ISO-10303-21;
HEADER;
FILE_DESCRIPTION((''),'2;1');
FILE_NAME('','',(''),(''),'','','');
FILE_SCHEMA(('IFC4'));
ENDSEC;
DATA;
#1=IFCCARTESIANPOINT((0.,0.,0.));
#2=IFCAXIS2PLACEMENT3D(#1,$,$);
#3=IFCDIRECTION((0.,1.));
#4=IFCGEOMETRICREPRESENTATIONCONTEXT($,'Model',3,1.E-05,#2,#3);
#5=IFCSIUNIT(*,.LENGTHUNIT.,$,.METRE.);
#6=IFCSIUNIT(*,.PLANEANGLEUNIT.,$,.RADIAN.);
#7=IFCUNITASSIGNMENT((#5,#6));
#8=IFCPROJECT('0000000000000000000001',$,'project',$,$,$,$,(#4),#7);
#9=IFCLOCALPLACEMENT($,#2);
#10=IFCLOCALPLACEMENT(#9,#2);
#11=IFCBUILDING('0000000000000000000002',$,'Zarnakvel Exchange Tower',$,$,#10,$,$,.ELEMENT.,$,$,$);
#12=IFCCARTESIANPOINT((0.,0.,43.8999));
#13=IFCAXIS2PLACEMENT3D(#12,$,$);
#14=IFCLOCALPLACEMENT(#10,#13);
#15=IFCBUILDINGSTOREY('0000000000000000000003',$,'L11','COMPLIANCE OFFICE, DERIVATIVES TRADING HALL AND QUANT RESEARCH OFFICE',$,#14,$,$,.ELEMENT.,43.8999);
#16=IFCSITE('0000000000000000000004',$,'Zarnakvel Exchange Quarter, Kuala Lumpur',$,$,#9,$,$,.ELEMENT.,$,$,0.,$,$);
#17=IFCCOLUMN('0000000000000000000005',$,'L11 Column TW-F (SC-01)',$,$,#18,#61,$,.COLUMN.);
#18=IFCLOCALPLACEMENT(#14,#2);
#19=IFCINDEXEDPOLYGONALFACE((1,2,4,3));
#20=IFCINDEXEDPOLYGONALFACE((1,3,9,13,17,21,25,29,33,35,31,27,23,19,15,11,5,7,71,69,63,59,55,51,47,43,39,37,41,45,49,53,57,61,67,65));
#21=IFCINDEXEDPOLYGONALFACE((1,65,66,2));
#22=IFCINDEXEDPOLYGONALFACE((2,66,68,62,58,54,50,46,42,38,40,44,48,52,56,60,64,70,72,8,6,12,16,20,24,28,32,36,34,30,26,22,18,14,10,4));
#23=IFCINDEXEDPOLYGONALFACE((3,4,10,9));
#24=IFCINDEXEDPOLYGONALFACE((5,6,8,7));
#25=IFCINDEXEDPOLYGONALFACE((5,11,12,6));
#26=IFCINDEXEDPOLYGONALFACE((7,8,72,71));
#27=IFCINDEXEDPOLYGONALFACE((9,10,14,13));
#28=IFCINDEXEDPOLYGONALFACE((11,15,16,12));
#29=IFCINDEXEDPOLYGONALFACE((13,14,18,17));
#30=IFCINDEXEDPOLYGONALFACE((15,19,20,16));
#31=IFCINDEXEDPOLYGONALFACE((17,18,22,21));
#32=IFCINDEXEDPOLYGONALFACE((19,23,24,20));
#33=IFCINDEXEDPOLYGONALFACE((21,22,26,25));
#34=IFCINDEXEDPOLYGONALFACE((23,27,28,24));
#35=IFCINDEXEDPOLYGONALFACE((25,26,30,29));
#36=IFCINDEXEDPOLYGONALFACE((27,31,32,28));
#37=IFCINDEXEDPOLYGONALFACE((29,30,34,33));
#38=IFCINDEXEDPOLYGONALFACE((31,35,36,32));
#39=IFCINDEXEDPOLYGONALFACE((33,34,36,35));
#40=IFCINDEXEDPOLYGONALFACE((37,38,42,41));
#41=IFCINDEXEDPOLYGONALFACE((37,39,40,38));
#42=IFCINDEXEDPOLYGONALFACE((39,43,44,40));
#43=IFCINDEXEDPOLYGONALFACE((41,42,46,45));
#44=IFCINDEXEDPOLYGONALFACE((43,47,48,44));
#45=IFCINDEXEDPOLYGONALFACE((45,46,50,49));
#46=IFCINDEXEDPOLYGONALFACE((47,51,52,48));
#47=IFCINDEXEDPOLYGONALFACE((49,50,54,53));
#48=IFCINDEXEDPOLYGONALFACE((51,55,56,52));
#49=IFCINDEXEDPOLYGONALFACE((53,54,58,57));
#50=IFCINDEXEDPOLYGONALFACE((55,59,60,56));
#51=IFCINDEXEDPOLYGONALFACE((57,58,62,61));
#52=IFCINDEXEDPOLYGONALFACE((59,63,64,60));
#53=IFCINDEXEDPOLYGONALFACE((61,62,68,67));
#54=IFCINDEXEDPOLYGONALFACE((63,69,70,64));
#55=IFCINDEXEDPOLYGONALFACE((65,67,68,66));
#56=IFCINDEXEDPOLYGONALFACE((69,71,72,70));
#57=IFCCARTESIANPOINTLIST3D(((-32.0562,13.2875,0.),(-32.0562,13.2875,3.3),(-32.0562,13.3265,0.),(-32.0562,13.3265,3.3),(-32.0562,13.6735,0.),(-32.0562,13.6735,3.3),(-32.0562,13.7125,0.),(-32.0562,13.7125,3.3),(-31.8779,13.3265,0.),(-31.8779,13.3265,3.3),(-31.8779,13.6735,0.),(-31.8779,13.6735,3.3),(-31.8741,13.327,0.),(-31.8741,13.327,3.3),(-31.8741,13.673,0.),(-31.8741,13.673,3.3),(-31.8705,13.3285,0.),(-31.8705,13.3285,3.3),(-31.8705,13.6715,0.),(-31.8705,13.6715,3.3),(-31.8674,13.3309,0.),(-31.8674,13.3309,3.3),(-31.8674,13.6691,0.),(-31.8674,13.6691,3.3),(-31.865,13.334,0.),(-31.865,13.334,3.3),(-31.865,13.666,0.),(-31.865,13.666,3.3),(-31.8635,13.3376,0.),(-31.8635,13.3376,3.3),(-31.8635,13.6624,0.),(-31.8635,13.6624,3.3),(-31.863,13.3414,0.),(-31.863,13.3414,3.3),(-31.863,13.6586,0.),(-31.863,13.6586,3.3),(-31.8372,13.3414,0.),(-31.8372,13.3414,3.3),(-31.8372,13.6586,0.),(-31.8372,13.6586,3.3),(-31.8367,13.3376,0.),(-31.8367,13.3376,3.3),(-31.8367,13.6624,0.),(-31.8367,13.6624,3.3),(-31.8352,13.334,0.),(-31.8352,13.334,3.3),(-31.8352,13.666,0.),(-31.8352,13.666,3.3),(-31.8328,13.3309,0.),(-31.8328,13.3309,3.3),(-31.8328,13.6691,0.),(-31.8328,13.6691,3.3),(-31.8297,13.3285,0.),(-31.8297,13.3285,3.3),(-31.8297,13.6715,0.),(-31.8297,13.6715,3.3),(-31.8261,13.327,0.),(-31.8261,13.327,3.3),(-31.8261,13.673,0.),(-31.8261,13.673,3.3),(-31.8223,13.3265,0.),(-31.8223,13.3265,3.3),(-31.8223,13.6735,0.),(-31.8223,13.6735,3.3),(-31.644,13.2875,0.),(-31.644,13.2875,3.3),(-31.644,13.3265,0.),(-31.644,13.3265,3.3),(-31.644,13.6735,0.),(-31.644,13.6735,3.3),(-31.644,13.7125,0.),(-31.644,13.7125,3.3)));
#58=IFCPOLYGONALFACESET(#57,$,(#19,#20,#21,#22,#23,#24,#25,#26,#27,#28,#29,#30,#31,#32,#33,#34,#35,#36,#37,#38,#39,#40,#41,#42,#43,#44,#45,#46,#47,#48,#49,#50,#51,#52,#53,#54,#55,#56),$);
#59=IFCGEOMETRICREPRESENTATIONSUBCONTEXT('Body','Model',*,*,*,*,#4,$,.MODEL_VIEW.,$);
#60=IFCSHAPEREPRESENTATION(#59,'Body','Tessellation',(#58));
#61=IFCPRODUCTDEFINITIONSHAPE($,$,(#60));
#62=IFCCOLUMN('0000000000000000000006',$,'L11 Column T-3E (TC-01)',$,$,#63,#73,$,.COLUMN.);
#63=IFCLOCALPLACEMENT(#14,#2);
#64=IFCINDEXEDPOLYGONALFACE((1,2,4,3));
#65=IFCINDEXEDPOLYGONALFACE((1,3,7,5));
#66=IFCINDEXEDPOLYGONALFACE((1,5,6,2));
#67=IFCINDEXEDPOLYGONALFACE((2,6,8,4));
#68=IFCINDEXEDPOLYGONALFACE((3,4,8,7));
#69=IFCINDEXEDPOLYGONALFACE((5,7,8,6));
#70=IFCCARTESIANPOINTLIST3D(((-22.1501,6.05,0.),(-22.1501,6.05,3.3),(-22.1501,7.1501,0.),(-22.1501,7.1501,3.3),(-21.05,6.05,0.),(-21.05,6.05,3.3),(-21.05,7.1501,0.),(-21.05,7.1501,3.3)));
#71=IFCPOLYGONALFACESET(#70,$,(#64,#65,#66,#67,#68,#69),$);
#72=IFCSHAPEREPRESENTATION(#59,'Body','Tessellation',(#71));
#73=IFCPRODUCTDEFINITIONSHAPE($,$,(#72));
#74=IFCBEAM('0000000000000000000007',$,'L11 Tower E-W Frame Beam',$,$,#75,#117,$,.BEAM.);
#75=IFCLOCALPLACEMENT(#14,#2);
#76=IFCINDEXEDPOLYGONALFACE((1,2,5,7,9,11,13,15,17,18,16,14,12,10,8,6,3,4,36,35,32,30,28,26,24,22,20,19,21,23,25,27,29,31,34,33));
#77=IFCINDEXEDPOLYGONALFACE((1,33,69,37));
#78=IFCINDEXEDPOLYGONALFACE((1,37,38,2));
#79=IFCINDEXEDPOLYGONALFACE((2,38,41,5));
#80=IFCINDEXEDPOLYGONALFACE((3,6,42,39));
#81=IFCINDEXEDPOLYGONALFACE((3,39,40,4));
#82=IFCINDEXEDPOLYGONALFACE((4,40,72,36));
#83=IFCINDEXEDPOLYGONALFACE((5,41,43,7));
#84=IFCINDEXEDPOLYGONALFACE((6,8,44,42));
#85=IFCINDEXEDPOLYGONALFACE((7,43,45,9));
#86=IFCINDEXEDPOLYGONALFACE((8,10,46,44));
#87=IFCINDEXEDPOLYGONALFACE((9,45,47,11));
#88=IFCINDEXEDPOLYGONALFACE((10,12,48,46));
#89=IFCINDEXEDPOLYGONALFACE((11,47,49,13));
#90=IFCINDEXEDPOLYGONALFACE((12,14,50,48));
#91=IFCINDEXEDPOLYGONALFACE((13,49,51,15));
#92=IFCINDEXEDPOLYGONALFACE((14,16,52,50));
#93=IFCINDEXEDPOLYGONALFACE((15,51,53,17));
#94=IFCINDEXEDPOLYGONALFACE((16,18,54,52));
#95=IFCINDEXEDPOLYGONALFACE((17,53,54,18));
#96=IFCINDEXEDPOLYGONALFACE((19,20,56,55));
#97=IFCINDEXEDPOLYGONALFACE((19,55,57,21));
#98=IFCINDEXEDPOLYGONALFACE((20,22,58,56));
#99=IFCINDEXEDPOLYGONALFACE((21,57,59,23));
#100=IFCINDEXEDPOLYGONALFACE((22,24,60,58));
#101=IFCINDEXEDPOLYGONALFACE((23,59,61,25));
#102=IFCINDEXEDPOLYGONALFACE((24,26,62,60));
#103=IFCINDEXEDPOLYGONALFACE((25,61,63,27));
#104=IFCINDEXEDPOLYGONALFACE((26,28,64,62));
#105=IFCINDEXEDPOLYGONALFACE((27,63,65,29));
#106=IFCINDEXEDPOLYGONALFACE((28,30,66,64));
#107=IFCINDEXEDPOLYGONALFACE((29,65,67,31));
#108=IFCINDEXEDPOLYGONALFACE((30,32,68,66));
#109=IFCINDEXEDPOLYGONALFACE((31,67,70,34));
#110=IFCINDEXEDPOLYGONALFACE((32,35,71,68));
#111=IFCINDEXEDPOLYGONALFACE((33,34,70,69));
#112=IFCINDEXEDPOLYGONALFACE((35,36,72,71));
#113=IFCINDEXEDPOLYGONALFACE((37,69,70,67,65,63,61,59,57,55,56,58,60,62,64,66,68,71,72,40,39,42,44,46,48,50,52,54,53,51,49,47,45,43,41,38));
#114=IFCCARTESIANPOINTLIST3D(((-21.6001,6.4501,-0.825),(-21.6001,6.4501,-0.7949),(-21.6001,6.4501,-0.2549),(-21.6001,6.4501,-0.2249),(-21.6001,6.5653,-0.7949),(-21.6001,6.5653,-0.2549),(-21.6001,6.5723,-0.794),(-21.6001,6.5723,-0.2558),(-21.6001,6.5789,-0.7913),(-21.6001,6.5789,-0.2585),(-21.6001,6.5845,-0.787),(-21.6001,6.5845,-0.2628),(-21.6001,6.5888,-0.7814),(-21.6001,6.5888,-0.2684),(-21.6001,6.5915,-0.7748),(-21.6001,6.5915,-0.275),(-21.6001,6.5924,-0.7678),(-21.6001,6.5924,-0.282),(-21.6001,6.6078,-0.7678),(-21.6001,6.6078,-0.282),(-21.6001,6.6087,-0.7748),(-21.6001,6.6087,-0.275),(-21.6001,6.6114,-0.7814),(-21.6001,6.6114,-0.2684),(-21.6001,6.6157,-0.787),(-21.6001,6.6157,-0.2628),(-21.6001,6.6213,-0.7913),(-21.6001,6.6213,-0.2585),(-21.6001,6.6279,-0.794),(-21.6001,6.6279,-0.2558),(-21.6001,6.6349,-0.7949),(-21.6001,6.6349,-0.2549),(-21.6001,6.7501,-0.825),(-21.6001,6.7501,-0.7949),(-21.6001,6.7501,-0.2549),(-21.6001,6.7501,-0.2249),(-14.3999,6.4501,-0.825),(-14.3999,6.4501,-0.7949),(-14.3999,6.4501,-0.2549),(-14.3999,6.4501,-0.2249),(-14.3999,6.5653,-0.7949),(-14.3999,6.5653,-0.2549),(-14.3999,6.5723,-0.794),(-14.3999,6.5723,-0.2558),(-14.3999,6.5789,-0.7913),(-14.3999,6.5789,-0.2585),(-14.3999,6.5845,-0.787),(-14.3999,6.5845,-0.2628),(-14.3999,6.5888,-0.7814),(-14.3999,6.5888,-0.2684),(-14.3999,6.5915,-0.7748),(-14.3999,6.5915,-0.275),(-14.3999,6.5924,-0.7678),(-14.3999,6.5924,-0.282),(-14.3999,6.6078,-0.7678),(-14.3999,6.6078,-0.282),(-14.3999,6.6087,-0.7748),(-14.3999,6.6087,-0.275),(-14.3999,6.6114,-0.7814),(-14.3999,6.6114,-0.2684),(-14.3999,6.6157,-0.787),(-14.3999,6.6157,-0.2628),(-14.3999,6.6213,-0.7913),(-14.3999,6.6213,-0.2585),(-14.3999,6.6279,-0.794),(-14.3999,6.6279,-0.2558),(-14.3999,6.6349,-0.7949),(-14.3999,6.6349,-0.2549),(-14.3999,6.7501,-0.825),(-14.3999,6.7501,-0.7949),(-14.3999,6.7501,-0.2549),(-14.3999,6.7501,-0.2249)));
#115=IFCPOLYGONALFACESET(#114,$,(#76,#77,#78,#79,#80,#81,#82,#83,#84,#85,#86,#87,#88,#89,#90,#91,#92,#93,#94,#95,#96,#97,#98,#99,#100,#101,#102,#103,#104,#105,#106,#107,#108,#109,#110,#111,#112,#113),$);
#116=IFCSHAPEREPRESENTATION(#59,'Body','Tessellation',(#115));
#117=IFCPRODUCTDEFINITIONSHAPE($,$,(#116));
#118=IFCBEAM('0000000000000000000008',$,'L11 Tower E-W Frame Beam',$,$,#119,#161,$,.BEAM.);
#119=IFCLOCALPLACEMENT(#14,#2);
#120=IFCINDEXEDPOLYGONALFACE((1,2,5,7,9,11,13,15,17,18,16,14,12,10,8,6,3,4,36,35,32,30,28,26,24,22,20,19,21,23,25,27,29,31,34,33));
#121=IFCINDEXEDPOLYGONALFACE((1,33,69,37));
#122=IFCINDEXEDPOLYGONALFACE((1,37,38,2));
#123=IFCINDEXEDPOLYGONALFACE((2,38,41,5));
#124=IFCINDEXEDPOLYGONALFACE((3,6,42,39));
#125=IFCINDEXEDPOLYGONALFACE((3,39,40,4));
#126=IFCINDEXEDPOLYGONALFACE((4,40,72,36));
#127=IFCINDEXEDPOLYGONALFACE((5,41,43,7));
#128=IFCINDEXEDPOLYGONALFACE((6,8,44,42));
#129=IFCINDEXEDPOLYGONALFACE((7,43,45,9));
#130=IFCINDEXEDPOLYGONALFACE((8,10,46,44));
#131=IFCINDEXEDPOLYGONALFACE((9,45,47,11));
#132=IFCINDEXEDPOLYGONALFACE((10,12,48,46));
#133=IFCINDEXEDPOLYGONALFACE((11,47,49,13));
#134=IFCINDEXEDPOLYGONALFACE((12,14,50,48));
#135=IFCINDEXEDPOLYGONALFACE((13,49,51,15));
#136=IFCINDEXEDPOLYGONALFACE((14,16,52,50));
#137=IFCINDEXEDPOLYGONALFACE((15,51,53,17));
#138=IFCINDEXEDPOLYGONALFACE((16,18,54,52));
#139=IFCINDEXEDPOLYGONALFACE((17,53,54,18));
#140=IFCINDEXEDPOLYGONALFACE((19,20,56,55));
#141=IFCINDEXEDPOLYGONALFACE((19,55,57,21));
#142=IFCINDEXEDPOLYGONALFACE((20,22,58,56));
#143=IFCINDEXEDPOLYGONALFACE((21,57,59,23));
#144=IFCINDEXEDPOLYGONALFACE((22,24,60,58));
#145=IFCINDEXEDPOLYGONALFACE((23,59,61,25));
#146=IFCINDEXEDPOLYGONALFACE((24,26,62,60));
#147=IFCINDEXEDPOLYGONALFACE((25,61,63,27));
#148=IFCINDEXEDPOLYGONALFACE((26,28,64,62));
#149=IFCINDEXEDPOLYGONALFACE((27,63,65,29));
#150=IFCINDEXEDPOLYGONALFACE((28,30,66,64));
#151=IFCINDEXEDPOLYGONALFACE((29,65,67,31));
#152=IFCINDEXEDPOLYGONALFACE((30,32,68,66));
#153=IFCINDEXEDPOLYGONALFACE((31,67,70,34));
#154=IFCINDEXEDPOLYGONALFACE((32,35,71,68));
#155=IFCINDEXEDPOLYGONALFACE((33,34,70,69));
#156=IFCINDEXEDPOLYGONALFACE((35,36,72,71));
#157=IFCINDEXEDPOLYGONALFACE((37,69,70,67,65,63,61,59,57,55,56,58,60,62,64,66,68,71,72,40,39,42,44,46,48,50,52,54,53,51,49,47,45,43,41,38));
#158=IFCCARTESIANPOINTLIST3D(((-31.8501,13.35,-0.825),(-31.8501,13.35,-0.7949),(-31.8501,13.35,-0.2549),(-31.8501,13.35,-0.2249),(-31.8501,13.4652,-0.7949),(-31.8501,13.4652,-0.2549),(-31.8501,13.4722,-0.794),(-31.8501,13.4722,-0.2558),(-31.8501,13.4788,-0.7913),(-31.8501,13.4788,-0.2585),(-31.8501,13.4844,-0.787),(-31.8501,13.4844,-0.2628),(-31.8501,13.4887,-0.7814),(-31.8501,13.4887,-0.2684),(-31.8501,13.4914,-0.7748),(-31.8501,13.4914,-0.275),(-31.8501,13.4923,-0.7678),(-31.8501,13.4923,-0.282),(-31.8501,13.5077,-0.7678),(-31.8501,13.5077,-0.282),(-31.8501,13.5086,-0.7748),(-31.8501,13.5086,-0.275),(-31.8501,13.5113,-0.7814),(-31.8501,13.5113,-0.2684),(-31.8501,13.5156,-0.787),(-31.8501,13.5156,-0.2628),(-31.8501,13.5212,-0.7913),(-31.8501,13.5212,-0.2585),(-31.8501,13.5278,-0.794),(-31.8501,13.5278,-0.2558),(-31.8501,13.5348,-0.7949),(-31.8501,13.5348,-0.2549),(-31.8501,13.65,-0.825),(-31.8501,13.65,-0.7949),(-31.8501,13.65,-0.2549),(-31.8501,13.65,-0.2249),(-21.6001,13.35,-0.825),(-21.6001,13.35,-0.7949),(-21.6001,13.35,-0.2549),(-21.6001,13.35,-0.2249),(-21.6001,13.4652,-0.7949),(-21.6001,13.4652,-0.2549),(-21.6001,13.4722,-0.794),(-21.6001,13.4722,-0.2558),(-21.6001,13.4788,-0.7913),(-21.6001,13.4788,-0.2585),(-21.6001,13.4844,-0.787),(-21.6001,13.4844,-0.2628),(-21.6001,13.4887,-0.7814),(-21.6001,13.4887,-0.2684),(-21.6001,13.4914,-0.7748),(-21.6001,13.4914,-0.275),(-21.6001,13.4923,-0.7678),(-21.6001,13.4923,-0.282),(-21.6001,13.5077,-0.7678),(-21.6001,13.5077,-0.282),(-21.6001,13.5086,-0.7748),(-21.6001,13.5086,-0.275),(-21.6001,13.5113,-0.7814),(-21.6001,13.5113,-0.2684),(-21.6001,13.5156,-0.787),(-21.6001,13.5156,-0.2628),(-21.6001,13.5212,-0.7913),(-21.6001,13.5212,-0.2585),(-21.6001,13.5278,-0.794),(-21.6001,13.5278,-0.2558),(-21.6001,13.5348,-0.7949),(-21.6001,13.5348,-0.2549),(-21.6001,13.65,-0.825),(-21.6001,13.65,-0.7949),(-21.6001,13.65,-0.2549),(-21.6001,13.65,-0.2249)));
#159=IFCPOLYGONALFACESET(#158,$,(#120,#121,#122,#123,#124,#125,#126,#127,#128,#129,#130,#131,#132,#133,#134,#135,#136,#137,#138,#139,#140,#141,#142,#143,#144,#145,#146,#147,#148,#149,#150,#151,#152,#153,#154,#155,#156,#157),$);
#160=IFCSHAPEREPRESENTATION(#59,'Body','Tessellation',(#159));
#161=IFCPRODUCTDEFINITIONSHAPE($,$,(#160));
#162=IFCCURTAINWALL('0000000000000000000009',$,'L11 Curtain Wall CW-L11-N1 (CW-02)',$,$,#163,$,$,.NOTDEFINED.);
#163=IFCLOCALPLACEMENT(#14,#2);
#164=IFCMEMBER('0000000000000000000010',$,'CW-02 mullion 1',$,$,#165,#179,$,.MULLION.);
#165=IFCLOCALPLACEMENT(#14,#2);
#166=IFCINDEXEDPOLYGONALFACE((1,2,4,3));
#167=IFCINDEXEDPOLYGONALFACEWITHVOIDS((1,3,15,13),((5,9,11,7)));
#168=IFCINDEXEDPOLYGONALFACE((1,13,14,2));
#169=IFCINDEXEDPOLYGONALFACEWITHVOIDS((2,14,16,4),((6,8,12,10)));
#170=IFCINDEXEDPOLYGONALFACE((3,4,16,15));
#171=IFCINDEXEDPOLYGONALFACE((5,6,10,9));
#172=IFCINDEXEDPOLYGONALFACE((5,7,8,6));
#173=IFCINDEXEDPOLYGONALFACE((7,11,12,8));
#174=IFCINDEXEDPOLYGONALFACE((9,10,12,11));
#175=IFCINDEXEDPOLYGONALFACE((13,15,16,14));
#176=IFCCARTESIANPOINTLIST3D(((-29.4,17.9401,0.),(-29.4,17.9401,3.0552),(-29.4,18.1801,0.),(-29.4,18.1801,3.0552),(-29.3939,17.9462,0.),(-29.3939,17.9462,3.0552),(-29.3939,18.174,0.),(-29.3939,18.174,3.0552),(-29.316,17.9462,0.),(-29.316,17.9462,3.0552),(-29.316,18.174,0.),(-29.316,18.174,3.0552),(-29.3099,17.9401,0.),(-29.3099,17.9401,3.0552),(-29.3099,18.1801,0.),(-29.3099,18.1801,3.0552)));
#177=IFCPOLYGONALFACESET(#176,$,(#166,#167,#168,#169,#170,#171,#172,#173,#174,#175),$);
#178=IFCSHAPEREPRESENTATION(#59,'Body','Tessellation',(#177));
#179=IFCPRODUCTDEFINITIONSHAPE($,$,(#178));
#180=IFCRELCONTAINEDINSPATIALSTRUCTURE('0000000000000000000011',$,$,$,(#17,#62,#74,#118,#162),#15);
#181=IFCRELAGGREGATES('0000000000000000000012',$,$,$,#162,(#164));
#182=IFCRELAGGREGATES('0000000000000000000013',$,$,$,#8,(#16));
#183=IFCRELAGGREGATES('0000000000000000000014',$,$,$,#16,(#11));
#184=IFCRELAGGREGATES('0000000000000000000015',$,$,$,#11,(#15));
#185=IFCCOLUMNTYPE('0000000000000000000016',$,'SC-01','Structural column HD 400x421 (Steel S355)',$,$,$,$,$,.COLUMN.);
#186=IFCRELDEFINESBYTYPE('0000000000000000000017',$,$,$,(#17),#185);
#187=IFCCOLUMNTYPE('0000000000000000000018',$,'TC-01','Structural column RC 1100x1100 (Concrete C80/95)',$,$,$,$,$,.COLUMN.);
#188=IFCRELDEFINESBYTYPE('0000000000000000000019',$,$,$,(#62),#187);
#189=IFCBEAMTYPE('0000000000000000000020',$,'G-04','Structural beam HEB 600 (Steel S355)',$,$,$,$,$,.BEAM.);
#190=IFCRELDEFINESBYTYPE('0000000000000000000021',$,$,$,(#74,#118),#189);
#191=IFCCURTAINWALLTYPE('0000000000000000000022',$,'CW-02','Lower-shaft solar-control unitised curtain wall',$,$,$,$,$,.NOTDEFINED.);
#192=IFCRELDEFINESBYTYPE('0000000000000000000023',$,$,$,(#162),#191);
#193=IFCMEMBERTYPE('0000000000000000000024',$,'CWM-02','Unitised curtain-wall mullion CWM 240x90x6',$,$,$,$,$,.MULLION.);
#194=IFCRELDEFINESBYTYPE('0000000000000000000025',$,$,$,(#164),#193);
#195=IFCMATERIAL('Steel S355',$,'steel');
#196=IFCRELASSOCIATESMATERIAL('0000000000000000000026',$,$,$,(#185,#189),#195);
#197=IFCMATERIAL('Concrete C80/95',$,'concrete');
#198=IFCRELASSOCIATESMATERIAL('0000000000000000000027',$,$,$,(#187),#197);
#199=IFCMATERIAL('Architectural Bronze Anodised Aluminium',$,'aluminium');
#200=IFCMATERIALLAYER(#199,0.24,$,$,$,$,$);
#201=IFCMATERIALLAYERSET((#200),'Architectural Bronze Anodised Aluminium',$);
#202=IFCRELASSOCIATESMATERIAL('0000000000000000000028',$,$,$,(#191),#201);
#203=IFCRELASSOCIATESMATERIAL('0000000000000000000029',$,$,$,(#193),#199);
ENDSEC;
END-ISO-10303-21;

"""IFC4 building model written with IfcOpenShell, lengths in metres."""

from ifc_helpers import new_model, si_unit, direction, frame, origin, origin_2d, place, context, subcontext, project, spatial, rectangle, hollow_rectangle, i_section, extrude, source, transform, mapped, material, layer, layer_set, material_profile, profile_set, type_object, element, aggregate, save


model = new_model("IFC4")

# Units and contexts
model_context = context("Model", 3, precision=1e-05, world=origin(), true_north=direction((0.0, 1.0)))
body_context = subcontext(model_context, "Body", "Model", "MODEL_VIEW")
ifc_project = project(units=[si_unit("LENGTHUNIT", "METRE"), si_unit("PLANEANGLEUNIT", "RADIAN")], contexts=[model_context])

# Site, building, storey
site_placement = place(None, origin())
site = spatial("IfcSite", under=ifc_project, at=site_placement, Name="Zarnakvel Exchange Quarter, Kuala Lumpur", CompositionType="ELEMENT", RefElevation=0.0)
building_placement = place(site_placement, origin())
building = spatial("IfcBuilding", under=site, at=building_placement, Name="Zarnakvel Exchange Tower", CompositionType="ELEMENT")
storey_placement = place(building_placement, frame((0.0, 0.0, 43.8999)))
storey = spatial("IfcBuildingStorey", under=building, at=storey_placement, Name="L11", Description="COMPLIANCE OFFICE, DERIVATIVES TRADING HALL AND QUANT RESEARCH OFFICE", CompositionType="ELEMENT", Elevation=43.8999)

# Columns
ifc_material_1 = material(Name="Steel S355", Category="steel")
ifc_material_profile_1 = material_profile(ifc_material_1, i_section(OverallWidth=0.4121, OverallDepth=0.425, WebThickness=0.0259, FlangeThickness=0.0391, FilletRadius=0.0149, at=origin_2d()))
ifc_profile_set_1 = profile_set([ifc_material_profile_1], Name="Steel S355")
column_type_1 = type_object("IfcColumnType", Name="SC-01", Description="Structural column HD 400x421 (Steel S355)", PredefinedType="COLUMN", material=ifc_profile_set_1)
column_1_placement = place(storey_placement, frame((-31.8501, 13.5, 0.0), z_axis=(0.0, 0.0, 1.0), x_axis=(1.0, 0.0, 0.0)))
element("IfcColumn", 1, at=column_1_placement, inside=storey, type_object=column_type_1, Name="L11 Column TW-F (SC-01)", PredefinedType="COLUMN", context=body_context, shape_type="SweptSolid", body=[
    extrude(i_section(OverallWidth=0.4121, OverallDepth=0.425, WebThickness=0.0259, FlangeThickness=0.0391, FilletRadius=0.0149, at=origin_2d()), origin(), (0.0, 0.0, 1.0), 3.3),
])
ifc_material_2 = material(Name="Concrete C80/95", Category="concrete")
ifc_material_profile_2 = material_profile(ifc_material_2, rectangle(XDim=1.1001, YDim=1.1001, at=origin_2d()))
ifc_profile_set_2 = profile_set([ifc_material_profile_2], Name="Concrete C80/95")
column_type_2 = type_object("IfcColumnType", Name="TC-01", Description="Structural column RC 1100x1100 (Concrete C80/95)", PredefinedType="COLUMN", material=ifc_profile_set_2)
column_2_placement = place(storey_placement, frame((-21.6001, 6.6001, 0.0), z_axis=(0.0, 0.0, 1.0), x_axis=(1.0, 0.0, 0.0)))
element("IfcColumn", 2, at=column_2_placement, inside=storey, type_object=column_type_2, Name="L11 Column T-3E (TC-01)", PredefinedType="COLUMN", context=body_context, shape_type="SweptSolid", body=[
    extrude(rectangle(XDim=1.1001, YDim=1.1001, at=origin_2d()), origin(), (0.0, 0.0, 1.0), 3.3),
])

# Beams
ifc_material_profile_3 = material_profile(ifc_material_1, i_section(OverallWidth=0.3, OverallDepth=0.6001, WebThickness=0.0154, FlangeThickness=0.03, FilletRadius=0.0271, at=origin_2d()))
ifc_profile_set_3 = profile_set([ifc_material_profile_3], Name="Steel S355")
beam_type = type_object("IfcBeamType", Name="G-04", Description="Structural beam HEB 600 (Steel S355)", PredefinedType="BEAM", material=ifc_profile_set_3)
beam_1_placement = place(storey_placement, frame((-21.6001, 6.6001, -0.5249), z_axis=(1.0, 0.0, 0.0), x_axis=(0.0, 1.0, 0.0)))
element("IfcBeam", 3, at=beam_1_placement, inside=storey, type_object=beam_type, Name="L11 Tower E-W Frame Beam", PredefinedType="BEAM", context=body_context, shape_type="SweptSolid", body=[
    extrude(i_section(OverallWidth=0.3, OverallDepth=0.6001, WebThickness=0.0154, FlangeThickness=0.03, FilletRadius=0.0271, at=origin_2d()), origin(), (0.0, 0.0, 1.0), 7.2002),
])
beam_2_placement = place(storey_placement, frame((-31.8501, 13.5, -0.5249), z_axis=(1.0, 0.0, 0.0), x_axis=(0.0, 1.0, 0.0)))
element("IfcBeam", 4, at=beam_2_placement, inside=storey, type_object=beam_type, Name="L11 Tower E-W Frame Beam", PredefinedType="BEAM", context=body_context, shape_type="SweptSolid", body=[
    extrude(i_section(OverallWidth=0.3, OverallDepth=0.6001, WebThickness=0.0154, FlangeThickness=0.03, FilletRadius=0.0271, at=origin_2d()), origin(), (0.0, 0.0, 1.0), 10.25),
])

# Curtain wall, member
ifc_material_3 = material(Name="Architectural Bronze Anodised Aluminium", Category="aluminium")
ifc_layer_1 = layer(ifc_material_3, 0.24)
ifc_layer_set_1 = layer_set([ifc_layer_1], Name="Architectural Bronze Anodised Aluminium")
curtain_wall_type_1 = type_object("IfcCurtainWallType", Name="CW-02", Description="Lower-shaft solar-control unitised curtain wall", PredefinedType="NOTDEFINED", material=ifc_layer_set_1)
curtain_wall_1_placement = place(storey_placement, origin())
curtain_wall_1 = element("IfcCurtainWall", 5, at=curtain_wall_1_placement, inside=storey, type_object=curtain_wall_type_1, Name="L11 Curtain Wall CW-L11-N1 (CW-02)", PredefinedType="NOTDEFINED")
ifc_material_profile_4 = material_profile(ifc_material_3, hollow_rectangle(XDim=0.24, YDim=0.0901, WallThickness=0.0061, at=origin_2d()))
ifc_profile_set_4 = profile_set([ifc_material_profile_4], Name="Architectural Bronze Anodised Aluminium")
member_type_1 = type_object("IfcMemberType", Name="CWM-02", Description="Unitised curtain-wall mullion CWM 240x90x6", PredefinedType="MULLION", material=ifc_profile_set_4)
shared_shape_1 = source(origin(), body_context, "Body", "SweptSolid", [
    extrude(hollow_rectangle(XDim=0.24, YDim=0.0901, WallThickness=0.0061, at=origin_2d()), origin(), (0.0, 0.0, 1.0), 3.0552),
])
member_1_placement = place(storey_placement, frame((-29.355, 18.0601, 0.0), z_axis=(0.0, 0.0, 1.0), x_axis=(0.0, 1.0, 0.0)))
member_1 = element("IfcMember", 6, at=member_1_placement, type_object=member_type_1, Name="CW-02 mullion 1", PredefinedType="MULLION", context=body_context, shape_type="MappedRepresentation", body=[
    mapped(shared_shape_1, transform((0.0, 0.0, 0.0), x_axis=(1.0, 0.0, 0.0), y_axis=(0.0, 1.0, 0.0), z_axis=(0.0, 0.0, 1.0), scale=1.0)),
])

aggregate(curtain_wall_1, [member_1])

save(model, "model.ifc")
